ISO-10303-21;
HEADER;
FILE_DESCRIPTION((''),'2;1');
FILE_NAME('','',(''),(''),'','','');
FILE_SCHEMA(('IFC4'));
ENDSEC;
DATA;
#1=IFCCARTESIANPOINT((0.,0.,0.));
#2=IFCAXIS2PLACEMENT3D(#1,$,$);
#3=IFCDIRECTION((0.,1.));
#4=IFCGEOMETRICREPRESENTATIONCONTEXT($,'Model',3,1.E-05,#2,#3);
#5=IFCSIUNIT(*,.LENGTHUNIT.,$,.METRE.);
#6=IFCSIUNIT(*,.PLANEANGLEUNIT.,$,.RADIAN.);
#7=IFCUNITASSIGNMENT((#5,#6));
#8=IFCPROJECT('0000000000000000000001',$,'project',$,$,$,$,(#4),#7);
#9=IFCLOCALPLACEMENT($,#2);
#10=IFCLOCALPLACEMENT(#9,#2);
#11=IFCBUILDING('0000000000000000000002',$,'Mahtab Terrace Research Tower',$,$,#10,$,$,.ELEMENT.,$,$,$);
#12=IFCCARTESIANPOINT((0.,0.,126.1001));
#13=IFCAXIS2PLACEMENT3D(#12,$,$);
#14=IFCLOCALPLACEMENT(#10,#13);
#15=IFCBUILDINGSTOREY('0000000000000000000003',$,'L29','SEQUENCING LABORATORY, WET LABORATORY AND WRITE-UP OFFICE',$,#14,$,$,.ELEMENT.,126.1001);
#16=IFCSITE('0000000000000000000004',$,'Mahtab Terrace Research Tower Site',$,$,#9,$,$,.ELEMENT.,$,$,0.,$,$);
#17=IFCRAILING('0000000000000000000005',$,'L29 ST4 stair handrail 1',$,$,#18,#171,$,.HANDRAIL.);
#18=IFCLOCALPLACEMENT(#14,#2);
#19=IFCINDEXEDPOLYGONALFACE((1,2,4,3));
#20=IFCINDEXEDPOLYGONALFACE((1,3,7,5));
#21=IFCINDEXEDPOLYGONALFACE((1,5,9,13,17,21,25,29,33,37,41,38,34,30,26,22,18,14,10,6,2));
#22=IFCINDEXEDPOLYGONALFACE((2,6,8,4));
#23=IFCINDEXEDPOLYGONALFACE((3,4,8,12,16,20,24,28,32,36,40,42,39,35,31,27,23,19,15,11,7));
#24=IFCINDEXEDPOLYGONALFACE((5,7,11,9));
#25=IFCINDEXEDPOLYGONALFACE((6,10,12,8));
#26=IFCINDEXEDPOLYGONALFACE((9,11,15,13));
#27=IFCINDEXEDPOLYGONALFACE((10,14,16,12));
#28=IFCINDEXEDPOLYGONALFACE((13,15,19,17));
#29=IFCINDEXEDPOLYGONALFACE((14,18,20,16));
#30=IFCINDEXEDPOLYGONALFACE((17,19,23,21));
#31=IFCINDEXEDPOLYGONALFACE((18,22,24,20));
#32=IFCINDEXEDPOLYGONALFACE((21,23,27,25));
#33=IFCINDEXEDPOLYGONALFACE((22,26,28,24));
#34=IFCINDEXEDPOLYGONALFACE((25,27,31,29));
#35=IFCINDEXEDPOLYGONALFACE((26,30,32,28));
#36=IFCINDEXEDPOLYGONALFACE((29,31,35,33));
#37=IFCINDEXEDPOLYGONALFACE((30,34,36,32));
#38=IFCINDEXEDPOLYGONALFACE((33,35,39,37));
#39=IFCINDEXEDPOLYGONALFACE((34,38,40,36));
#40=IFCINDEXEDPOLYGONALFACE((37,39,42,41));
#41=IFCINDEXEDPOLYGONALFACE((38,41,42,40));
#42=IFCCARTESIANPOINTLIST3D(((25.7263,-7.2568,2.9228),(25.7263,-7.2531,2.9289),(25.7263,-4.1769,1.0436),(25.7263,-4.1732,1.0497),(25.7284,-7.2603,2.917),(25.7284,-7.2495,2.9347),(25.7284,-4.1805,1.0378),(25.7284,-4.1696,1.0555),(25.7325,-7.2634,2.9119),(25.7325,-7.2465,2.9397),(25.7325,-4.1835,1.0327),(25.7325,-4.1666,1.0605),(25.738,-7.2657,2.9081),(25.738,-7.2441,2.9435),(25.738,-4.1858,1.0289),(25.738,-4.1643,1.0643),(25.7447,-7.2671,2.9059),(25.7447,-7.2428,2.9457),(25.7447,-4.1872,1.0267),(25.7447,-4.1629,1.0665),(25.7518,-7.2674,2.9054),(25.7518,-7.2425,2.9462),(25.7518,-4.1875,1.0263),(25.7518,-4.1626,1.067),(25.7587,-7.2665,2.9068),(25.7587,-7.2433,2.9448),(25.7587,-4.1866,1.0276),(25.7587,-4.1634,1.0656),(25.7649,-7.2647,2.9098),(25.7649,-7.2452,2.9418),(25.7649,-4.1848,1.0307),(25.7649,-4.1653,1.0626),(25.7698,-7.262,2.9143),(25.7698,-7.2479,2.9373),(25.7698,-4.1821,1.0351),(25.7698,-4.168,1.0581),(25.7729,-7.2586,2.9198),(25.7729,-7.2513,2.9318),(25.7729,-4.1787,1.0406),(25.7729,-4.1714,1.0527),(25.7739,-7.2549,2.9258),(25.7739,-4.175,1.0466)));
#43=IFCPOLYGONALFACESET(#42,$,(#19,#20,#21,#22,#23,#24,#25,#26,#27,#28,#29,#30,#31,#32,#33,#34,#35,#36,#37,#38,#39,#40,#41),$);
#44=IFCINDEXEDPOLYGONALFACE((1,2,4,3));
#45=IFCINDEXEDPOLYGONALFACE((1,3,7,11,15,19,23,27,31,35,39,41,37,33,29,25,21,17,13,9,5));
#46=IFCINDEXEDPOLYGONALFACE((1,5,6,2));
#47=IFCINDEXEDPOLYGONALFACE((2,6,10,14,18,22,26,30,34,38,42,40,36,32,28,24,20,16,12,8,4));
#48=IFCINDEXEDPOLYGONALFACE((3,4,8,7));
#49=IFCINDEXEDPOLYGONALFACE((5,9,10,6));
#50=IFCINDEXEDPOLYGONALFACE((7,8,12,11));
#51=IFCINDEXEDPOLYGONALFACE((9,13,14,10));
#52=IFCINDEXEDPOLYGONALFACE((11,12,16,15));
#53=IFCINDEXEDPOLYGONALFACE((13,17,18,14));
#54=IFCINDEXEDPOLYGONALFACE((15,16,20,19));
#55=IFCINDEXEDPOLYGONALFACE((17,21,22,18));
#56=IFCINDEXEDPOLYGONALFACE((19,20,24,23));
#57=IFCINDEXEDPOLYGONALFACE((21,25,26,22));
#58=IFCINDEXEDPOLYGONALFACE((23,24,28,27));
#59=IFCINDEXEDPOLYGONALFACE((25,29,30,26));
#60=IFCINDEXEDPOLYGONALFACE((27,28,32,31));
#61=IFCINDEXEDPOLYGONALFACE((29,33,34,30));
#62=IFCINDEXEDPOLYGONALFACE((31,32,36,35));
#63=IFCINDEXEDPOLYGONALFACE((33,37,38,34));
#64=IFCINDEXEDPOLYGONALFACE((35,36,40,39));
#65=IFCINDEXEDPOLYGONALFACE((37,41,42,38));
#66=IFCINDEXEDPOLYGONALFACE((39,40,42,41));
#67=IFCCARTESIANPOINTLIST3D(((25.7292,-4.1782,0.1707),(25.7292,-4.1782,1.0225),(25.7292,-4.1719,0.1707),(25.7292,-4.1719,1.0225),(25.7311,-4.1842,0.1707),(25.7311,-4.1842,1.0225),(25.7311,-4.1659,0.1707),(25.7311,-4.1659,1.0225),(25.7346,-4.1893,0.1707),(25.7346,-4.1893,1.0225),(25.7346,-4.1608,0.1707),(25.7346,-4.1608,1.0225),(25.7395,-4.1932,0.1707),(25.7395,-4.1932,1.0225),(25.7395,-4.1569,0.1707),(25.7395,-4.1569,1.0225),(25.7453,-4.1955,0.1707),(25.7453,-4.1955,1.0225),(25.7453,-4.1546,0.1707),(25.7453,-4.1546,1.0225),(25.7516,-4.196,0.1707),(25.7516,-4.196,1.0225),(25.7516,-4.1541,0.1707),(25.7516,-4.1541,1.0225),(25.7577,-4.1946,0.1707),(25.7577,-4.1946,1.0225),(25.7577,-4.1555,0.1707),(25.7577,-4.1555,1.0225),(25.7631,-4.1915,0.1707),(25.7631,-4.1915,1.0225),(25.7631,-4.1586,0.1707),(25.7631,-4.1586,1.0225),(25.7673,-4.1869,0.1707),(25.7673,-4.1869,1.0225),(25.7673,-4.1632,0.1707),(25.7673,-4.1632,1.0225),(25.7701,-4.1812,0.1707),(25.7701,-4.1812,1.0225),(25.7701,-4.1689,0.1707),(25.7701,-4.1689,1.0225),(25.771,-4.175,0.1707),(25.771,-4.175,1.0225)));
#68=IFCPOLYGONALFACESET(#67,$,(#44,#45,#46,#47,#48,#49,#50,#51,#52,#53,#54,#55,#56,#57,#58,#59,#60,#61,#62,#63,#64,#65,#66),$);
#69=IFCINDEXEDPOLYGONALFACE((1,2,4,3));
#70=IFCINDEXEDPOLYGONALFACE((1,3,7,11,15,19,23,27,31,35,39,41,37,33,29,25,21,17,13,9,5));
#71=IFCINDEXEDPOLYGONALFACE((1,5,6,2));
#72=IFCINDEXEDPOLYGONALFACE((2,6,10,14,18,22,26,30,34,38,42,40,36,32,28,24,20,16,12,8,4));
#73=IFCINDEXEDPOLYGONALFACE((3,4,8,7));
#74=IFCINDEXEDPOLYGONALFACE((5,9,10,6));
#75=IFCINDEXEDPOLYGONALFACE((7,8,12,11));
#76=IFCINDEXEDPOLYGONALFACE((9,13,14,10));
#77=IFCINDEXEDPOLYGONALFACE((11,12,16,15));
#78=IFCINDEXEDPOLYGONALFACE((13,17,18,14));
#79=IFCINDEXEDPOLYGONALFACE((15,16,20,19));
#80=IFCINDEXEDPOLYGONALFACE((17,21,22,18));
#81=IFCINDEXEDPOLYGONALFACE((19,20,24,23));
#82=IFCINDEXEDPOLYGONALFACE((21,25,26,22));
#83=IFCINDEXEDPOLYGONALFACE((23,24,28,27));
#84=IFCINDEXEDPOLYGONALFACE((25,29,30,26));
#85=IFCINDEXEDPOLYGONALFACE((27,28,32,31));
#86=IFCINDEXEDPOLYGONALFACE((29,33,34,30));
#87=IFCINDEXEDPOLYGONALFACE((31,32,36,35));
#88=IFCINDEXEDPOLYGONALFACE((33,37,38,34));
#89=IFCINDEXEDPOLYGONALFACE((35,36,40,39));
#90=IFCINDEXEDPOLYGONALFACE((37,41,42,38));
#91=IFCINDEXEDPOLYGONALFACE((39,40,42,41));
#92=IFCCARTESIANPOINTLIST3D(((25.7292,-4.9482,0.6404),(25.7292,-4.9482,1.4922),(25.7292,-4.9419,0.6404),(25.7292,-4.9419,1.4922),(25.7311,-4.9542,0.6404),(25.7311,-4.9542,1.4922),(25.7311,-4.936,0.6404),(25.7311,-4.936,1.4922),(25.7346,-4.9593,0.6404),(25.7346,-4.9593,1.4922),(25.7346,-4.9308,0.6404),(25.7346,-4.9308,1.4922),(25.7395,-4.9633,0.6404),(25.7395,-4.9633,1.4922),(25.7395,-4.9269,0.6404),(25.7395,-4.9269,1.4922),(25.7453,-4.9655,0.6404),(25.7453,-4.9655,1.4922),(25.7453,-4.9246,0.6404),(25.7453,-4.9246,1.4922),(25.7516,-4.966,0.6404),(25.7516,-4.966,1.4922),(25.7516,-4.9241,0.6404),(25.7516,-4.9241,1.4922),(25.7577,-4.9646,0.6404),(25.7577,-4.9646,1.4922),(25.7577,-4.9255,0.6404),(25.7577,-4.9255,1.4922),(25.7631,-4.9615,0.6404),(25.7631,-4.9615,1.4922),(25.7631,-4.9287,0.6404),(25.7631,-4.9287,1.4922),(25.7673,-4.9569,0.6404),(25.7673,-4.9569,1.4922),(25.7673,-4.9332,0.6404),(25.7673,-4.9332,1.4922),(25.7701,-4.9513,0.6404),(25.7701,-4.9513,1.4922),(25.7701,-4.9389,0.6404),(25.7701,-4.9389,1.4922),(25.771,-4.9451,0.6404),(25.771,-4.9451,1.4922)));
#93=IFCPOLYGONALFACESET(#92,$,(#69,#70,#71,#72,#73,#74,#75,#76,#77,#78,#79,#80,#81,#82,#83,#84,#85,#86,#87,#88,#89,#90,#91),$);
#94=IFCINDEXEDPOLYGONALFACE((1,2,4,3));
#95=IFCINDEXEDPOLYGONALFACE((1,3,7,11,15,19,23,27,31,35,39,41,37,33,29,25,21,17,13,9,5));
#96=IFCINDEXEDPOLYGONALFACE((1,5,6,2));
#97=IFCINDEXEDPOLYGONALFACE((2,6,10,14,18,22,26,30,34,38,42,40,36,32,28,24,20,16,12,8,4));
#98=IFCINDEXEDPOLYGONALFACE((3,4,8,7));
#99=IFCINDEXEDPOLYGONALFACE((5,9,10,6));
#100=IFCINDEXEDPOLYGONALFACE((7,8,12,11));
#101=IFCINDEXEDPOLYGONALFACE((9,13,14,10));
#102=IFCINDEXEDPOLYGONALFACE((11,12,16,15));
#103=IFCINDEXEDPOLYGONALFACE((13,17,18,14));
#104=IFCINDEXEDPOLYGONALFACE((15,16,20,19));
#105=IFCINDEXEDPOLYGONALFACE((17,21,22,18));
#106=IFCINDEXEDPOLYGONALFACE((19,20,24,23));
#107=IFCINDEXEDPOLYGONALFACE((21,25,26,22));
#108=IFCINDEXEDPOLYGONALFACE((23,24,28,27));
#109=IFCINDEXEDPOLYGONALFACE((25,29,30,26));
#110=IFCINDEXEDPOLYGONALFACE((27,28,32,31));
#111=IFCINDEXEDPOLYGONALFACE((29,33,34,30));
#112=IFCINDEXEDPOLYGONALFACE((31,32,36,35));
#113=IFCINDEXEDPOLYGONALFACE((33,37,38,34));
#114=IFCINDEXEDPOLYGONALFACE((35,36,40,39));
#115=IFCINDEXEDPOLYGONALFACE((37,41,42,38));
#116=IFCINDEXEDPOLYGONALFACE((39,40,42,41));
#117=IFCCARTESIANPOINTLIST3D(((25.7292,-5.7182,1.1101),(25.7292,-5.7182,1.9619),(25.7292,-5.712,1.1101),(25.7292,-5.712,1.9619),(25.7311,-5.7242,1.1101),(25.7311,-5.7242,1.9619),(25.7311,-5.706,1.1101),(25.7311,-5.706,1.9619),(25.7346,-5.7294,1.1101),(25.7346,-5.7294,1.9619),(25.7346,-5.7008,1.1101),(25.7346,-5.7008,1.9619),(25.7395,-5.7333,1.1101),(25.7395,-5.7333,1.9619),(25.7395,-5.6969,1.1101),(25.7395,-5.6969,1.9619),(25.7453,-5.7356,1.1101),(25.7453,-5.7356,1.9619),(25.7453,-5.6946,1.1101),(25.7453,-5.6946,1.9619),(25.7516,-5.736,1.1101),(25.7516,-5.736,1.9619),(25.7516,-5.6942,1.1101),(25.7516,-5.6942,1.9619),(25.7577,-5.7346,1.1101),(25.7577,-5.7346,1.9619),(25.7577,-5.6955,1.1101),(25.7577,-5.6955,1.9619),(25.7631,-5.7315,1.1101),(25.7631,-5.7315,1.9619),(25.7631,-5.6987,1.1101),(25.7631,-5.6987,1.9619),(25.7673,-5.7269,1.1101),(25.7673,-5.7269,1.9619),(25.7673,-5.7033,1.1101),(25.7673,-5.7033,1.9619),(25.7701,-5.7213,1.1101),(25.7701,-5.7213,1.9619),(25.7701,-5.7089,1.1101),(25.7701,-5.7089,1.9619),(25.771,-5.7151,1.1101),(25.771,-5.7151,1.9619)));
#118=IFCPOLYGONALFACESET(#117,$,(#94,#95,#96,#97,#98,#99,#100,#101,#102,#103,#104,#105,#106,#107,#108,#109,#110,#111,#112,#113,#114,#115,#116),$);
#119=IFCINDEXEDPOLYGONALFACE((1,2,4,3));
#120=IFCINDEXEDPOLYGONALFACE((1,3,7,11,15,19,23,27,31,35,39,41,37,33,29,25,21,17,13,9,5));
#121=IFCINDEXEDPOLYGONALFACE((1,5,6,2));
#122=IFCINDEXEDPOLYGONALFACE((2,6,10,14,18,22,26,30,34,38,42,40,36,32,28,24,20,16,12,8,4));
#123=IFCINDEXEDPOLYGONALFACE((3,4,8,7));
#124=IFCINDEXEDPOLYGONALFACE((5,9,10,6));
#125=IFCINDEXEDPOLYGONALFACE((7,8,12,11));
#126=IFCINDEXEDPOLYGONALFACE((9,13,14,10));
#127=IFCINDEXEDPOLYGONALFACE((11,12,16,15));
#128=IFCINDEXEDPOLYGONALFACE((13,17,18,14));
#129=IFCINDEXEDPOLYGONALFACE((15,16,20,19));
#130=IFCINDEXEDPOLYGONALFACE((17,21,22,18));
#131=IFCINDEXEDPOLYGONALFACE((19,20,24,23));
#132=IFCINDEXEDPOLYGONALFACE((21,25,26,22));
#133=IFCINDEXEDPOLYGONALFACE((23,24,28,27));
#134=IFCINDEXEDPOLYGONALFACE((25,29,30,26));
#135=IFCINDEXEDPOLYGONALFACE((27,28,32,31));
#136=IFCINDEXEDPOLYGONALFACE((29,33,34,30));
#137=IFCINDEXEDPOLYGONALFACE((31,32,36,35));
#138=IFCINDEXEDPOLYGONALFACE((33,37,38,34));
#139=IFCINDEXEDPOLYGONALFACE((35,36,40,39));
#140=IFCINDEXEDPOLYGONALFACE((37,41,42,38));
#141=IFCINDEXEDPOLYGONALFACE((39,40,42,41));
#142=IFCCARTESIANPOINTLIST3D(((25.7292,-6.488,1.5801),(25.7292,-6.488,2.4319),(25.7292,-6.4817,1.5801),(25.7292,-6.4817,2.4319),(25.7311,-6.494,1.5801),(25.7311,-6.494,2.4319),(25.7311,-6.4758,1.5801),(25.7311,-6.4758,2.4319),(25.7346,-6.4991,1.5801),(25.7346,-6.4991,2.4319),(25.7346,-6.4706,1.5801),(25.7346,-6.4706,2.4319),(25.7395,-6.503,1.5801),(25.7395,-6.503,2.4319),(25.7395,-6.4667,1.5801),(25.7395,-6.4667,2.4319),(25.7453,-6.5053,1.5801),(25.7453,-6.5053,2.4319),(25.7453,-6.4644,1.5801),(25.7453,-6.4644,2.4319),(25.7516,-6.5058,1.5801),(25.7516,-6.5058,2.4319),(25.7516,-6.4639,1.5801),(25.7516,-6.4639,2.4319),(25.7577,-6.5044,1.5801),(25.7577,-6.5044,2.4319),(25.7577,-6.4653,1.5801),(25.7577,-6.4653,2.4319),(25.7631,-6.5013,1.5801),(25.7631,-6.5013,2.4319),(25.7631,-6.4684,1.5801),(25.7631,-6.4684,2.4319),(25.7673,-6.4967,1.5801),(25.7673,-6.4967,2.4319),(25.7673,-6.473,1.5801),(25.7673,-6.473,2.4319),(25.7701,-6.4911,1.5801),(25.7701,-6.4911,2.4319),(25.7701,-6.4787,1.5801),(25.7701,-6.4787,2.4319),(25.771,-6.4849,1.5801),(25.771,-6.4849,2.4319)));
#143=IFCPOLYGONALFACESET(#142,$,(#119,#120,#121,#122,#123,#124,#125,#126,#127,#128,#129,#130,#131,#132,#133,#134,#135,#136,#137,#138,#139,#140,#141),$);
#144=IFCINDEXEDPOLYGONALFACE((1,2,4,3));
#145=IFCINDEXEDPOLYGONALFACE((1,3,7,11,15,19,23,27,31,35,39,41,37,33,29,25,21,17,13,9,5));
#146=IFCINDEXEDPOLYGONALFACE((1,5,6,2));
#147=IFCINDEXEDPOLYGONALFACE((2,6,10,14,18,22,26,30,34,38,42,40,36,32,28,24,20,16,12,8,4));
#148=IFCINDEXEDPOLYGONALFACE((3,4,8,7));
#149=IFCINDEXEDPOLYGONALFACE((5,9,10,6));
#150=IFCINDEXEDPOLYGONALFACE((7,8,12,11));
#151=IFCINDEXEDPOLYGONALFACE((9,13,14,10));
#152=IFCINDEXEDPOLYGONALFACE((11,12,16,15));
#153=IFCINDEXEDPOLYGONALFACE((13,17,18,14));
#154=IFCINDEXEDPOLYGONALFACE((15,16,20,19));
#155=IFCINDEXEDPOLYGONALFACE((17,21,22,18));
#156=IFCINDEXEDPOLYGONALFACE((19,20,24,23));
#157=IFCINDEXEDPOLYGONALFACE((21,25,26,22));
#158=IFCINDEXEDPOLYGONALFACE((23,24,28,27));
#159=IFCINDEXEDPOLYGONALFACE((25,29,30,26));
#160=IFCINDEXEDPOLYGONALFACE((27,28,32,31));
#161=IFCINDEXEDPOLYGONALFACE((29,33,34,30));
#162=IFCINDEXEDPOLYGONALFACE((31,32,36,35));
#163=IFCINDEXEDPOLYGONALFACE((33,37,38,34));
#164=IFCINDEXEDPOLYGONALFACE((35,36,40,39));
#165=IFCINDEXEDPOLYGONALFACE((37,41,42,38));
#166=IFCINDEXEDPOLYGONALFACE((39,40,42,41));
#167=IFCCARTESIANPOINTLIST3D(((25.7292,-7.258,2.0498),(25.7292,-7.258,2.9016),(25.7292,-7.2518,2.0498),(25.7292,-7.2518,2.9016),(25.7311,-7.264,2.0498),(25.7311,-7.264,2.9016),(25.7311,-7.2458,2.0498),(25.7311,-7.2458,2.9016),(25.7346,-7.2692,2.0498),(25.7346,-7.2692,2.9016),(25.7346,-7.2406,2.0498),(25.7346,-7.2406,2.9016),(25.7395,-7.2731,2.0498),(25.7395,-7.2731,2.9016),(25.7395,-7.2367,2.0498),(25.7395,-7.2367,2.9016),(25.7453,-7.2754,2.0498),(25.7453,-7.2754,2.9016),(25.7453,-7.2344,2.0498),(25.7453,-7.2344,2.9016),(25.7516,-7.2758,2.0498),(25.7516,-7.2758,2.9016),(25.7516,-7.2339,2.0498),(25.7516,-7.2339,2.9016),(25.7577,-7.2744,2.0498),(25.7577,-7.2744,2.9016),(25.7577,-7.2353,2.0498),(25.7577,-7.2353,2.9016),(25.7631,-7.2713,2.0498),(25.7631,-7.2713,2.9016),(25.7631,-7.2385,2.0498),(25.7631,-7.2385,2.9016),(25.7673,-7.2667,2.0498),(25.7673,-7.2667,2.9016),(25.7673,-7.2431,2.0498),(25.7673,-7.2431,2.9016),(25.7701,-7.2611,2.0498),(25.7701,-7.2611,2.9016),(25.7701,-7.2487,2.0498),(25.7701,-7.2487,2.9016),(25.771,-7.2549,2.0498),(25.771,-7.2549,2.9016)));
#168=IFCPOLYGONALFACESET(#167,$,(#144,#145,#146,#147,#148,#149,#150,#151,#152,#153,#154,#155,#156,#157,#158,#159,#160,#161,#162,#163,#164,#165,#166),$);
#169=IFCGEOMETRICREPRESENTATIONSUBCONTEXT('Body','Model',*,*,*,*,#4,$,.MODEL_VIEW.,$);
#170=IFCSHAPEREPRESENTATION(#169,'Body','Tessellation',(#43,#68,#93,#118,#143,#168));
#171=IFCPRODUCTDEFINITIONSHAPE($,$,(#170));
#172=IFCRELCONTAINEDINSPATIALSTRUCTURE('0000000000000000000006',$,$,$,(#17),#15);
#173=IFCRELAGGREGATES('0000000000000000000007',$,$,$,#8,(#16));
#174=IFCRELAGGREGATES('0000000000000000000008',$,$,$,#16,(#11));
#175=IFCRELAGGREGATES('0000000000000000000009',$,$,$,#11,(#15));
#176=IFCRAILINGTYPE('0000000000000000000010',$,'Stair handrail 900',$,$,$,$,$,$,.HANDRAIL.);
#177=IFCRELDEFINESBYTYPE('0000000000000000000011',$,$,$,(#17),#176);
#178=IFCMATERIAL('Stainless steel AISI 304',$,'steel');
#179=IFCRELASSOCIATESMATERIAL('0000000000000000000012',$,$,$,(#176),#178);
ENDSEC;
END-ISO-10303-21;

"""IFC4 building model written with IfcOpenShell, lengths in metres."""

from ifc_helpers import new_model, si_unit, direction, frame, origin, origin_2d, place, context, subcontext, project, spatial, circle, extrude, material, type_object, element, save


model = new_model("IFC4")

# Units and contexts
model_context = context("Model", 3, precision=1e-05, world=origin(), true_north=direction((0.0, 1.0)))
body_context = subcontext(model_context, "Body", "Model", "MODEL_VIEW")
ifc_project = project(units=[si_unit("LENGTHUNIT", "METRE"), si_unit("PLANEANGLEUNIT", "RADIAN")], contexts=[model_context])

# Site, building, storey
site_placement = place(None, origin())
site = spatial("IfcSite", under=ifc_project, at=site_placement, Name="Mahtab Terrace Research Tower Site", CompositionType="ELEMENT", RefElevation=0.0)
building_placement = place(site_placement, origin())
building = spatial("IfcBuilding", under=site, at=building_placement, Name="Mahtab Terrace Research Tower", CompositionType="ELEMENT")
storey_placement = place(building_placement, frame((0.0, 0.0, 126.1001)))
storey = spatial("IfcBuildingStorey", under=building, at=storey_placement, Name="L29", Description="SEQUENCING LABORATORY, WET LABORATORY AND WRITE-UP OFFICE", CompositionType="ELEMENT", Elevation=126.1001)

# Railing
ifc_material_1 = material(Name="Stainless steel AISI 304", Category="steel")
railing_type_1 = type_object("IfcRailingType", Name="Stair handrail 900", PredefinedType="HANDRAIL", material=ifc_material_1)
railing_1_placement = place(storey_placement, frame((25.75, -4.175, 0.1707)))
element("IfcRailing", 1, at=railing_1_placement, inside=storey, type_object=railing_type_1, Name="L29 ST4 stair handrail 1", PredefinedType="HANDRAIL", context=body_context, shape_type="SweptSolid", body=[
    extrude(circle(Radius=0.0239, at=origin_2d()), frame((0.0, 0.0, 0.876), z_axis=(0.0, -0.853648, 0.52085), x_axis=(1.0, 0.0, 0.0)), (0.0, 0.0, 1.0), 3.6079),
    extrude(circle(Radius=0.021, at=origin_2d()), origin(), (0.0, 0.0, 1.0), 0.8518),
    extrude(circle(Radius=0.021, at=origin_2d()), frame((0.0, -0.77, 0.4697)), (0.0, 0.0, 1.0), 0.8518),
    extrude(circle(Radius=0.021, at=origin_2d()), frame((0.0, -1.54, 0.9395)), (0.0, 0.0, 1.0), 0.8518),
    extrude(circle(Radius=0.021, at=origin_2d()), frame((0.0, -2.3098, 1.4094)), (0.0, 0.0, 1.0), 0.8518),
    extrude(circle(Radius=0.021, at=origin_2d()), frame((0.0, -3.0798, 1.8792)), (0.0, 0.0, 1.0), 0.8518),
])

save(model, "model.ifc")
